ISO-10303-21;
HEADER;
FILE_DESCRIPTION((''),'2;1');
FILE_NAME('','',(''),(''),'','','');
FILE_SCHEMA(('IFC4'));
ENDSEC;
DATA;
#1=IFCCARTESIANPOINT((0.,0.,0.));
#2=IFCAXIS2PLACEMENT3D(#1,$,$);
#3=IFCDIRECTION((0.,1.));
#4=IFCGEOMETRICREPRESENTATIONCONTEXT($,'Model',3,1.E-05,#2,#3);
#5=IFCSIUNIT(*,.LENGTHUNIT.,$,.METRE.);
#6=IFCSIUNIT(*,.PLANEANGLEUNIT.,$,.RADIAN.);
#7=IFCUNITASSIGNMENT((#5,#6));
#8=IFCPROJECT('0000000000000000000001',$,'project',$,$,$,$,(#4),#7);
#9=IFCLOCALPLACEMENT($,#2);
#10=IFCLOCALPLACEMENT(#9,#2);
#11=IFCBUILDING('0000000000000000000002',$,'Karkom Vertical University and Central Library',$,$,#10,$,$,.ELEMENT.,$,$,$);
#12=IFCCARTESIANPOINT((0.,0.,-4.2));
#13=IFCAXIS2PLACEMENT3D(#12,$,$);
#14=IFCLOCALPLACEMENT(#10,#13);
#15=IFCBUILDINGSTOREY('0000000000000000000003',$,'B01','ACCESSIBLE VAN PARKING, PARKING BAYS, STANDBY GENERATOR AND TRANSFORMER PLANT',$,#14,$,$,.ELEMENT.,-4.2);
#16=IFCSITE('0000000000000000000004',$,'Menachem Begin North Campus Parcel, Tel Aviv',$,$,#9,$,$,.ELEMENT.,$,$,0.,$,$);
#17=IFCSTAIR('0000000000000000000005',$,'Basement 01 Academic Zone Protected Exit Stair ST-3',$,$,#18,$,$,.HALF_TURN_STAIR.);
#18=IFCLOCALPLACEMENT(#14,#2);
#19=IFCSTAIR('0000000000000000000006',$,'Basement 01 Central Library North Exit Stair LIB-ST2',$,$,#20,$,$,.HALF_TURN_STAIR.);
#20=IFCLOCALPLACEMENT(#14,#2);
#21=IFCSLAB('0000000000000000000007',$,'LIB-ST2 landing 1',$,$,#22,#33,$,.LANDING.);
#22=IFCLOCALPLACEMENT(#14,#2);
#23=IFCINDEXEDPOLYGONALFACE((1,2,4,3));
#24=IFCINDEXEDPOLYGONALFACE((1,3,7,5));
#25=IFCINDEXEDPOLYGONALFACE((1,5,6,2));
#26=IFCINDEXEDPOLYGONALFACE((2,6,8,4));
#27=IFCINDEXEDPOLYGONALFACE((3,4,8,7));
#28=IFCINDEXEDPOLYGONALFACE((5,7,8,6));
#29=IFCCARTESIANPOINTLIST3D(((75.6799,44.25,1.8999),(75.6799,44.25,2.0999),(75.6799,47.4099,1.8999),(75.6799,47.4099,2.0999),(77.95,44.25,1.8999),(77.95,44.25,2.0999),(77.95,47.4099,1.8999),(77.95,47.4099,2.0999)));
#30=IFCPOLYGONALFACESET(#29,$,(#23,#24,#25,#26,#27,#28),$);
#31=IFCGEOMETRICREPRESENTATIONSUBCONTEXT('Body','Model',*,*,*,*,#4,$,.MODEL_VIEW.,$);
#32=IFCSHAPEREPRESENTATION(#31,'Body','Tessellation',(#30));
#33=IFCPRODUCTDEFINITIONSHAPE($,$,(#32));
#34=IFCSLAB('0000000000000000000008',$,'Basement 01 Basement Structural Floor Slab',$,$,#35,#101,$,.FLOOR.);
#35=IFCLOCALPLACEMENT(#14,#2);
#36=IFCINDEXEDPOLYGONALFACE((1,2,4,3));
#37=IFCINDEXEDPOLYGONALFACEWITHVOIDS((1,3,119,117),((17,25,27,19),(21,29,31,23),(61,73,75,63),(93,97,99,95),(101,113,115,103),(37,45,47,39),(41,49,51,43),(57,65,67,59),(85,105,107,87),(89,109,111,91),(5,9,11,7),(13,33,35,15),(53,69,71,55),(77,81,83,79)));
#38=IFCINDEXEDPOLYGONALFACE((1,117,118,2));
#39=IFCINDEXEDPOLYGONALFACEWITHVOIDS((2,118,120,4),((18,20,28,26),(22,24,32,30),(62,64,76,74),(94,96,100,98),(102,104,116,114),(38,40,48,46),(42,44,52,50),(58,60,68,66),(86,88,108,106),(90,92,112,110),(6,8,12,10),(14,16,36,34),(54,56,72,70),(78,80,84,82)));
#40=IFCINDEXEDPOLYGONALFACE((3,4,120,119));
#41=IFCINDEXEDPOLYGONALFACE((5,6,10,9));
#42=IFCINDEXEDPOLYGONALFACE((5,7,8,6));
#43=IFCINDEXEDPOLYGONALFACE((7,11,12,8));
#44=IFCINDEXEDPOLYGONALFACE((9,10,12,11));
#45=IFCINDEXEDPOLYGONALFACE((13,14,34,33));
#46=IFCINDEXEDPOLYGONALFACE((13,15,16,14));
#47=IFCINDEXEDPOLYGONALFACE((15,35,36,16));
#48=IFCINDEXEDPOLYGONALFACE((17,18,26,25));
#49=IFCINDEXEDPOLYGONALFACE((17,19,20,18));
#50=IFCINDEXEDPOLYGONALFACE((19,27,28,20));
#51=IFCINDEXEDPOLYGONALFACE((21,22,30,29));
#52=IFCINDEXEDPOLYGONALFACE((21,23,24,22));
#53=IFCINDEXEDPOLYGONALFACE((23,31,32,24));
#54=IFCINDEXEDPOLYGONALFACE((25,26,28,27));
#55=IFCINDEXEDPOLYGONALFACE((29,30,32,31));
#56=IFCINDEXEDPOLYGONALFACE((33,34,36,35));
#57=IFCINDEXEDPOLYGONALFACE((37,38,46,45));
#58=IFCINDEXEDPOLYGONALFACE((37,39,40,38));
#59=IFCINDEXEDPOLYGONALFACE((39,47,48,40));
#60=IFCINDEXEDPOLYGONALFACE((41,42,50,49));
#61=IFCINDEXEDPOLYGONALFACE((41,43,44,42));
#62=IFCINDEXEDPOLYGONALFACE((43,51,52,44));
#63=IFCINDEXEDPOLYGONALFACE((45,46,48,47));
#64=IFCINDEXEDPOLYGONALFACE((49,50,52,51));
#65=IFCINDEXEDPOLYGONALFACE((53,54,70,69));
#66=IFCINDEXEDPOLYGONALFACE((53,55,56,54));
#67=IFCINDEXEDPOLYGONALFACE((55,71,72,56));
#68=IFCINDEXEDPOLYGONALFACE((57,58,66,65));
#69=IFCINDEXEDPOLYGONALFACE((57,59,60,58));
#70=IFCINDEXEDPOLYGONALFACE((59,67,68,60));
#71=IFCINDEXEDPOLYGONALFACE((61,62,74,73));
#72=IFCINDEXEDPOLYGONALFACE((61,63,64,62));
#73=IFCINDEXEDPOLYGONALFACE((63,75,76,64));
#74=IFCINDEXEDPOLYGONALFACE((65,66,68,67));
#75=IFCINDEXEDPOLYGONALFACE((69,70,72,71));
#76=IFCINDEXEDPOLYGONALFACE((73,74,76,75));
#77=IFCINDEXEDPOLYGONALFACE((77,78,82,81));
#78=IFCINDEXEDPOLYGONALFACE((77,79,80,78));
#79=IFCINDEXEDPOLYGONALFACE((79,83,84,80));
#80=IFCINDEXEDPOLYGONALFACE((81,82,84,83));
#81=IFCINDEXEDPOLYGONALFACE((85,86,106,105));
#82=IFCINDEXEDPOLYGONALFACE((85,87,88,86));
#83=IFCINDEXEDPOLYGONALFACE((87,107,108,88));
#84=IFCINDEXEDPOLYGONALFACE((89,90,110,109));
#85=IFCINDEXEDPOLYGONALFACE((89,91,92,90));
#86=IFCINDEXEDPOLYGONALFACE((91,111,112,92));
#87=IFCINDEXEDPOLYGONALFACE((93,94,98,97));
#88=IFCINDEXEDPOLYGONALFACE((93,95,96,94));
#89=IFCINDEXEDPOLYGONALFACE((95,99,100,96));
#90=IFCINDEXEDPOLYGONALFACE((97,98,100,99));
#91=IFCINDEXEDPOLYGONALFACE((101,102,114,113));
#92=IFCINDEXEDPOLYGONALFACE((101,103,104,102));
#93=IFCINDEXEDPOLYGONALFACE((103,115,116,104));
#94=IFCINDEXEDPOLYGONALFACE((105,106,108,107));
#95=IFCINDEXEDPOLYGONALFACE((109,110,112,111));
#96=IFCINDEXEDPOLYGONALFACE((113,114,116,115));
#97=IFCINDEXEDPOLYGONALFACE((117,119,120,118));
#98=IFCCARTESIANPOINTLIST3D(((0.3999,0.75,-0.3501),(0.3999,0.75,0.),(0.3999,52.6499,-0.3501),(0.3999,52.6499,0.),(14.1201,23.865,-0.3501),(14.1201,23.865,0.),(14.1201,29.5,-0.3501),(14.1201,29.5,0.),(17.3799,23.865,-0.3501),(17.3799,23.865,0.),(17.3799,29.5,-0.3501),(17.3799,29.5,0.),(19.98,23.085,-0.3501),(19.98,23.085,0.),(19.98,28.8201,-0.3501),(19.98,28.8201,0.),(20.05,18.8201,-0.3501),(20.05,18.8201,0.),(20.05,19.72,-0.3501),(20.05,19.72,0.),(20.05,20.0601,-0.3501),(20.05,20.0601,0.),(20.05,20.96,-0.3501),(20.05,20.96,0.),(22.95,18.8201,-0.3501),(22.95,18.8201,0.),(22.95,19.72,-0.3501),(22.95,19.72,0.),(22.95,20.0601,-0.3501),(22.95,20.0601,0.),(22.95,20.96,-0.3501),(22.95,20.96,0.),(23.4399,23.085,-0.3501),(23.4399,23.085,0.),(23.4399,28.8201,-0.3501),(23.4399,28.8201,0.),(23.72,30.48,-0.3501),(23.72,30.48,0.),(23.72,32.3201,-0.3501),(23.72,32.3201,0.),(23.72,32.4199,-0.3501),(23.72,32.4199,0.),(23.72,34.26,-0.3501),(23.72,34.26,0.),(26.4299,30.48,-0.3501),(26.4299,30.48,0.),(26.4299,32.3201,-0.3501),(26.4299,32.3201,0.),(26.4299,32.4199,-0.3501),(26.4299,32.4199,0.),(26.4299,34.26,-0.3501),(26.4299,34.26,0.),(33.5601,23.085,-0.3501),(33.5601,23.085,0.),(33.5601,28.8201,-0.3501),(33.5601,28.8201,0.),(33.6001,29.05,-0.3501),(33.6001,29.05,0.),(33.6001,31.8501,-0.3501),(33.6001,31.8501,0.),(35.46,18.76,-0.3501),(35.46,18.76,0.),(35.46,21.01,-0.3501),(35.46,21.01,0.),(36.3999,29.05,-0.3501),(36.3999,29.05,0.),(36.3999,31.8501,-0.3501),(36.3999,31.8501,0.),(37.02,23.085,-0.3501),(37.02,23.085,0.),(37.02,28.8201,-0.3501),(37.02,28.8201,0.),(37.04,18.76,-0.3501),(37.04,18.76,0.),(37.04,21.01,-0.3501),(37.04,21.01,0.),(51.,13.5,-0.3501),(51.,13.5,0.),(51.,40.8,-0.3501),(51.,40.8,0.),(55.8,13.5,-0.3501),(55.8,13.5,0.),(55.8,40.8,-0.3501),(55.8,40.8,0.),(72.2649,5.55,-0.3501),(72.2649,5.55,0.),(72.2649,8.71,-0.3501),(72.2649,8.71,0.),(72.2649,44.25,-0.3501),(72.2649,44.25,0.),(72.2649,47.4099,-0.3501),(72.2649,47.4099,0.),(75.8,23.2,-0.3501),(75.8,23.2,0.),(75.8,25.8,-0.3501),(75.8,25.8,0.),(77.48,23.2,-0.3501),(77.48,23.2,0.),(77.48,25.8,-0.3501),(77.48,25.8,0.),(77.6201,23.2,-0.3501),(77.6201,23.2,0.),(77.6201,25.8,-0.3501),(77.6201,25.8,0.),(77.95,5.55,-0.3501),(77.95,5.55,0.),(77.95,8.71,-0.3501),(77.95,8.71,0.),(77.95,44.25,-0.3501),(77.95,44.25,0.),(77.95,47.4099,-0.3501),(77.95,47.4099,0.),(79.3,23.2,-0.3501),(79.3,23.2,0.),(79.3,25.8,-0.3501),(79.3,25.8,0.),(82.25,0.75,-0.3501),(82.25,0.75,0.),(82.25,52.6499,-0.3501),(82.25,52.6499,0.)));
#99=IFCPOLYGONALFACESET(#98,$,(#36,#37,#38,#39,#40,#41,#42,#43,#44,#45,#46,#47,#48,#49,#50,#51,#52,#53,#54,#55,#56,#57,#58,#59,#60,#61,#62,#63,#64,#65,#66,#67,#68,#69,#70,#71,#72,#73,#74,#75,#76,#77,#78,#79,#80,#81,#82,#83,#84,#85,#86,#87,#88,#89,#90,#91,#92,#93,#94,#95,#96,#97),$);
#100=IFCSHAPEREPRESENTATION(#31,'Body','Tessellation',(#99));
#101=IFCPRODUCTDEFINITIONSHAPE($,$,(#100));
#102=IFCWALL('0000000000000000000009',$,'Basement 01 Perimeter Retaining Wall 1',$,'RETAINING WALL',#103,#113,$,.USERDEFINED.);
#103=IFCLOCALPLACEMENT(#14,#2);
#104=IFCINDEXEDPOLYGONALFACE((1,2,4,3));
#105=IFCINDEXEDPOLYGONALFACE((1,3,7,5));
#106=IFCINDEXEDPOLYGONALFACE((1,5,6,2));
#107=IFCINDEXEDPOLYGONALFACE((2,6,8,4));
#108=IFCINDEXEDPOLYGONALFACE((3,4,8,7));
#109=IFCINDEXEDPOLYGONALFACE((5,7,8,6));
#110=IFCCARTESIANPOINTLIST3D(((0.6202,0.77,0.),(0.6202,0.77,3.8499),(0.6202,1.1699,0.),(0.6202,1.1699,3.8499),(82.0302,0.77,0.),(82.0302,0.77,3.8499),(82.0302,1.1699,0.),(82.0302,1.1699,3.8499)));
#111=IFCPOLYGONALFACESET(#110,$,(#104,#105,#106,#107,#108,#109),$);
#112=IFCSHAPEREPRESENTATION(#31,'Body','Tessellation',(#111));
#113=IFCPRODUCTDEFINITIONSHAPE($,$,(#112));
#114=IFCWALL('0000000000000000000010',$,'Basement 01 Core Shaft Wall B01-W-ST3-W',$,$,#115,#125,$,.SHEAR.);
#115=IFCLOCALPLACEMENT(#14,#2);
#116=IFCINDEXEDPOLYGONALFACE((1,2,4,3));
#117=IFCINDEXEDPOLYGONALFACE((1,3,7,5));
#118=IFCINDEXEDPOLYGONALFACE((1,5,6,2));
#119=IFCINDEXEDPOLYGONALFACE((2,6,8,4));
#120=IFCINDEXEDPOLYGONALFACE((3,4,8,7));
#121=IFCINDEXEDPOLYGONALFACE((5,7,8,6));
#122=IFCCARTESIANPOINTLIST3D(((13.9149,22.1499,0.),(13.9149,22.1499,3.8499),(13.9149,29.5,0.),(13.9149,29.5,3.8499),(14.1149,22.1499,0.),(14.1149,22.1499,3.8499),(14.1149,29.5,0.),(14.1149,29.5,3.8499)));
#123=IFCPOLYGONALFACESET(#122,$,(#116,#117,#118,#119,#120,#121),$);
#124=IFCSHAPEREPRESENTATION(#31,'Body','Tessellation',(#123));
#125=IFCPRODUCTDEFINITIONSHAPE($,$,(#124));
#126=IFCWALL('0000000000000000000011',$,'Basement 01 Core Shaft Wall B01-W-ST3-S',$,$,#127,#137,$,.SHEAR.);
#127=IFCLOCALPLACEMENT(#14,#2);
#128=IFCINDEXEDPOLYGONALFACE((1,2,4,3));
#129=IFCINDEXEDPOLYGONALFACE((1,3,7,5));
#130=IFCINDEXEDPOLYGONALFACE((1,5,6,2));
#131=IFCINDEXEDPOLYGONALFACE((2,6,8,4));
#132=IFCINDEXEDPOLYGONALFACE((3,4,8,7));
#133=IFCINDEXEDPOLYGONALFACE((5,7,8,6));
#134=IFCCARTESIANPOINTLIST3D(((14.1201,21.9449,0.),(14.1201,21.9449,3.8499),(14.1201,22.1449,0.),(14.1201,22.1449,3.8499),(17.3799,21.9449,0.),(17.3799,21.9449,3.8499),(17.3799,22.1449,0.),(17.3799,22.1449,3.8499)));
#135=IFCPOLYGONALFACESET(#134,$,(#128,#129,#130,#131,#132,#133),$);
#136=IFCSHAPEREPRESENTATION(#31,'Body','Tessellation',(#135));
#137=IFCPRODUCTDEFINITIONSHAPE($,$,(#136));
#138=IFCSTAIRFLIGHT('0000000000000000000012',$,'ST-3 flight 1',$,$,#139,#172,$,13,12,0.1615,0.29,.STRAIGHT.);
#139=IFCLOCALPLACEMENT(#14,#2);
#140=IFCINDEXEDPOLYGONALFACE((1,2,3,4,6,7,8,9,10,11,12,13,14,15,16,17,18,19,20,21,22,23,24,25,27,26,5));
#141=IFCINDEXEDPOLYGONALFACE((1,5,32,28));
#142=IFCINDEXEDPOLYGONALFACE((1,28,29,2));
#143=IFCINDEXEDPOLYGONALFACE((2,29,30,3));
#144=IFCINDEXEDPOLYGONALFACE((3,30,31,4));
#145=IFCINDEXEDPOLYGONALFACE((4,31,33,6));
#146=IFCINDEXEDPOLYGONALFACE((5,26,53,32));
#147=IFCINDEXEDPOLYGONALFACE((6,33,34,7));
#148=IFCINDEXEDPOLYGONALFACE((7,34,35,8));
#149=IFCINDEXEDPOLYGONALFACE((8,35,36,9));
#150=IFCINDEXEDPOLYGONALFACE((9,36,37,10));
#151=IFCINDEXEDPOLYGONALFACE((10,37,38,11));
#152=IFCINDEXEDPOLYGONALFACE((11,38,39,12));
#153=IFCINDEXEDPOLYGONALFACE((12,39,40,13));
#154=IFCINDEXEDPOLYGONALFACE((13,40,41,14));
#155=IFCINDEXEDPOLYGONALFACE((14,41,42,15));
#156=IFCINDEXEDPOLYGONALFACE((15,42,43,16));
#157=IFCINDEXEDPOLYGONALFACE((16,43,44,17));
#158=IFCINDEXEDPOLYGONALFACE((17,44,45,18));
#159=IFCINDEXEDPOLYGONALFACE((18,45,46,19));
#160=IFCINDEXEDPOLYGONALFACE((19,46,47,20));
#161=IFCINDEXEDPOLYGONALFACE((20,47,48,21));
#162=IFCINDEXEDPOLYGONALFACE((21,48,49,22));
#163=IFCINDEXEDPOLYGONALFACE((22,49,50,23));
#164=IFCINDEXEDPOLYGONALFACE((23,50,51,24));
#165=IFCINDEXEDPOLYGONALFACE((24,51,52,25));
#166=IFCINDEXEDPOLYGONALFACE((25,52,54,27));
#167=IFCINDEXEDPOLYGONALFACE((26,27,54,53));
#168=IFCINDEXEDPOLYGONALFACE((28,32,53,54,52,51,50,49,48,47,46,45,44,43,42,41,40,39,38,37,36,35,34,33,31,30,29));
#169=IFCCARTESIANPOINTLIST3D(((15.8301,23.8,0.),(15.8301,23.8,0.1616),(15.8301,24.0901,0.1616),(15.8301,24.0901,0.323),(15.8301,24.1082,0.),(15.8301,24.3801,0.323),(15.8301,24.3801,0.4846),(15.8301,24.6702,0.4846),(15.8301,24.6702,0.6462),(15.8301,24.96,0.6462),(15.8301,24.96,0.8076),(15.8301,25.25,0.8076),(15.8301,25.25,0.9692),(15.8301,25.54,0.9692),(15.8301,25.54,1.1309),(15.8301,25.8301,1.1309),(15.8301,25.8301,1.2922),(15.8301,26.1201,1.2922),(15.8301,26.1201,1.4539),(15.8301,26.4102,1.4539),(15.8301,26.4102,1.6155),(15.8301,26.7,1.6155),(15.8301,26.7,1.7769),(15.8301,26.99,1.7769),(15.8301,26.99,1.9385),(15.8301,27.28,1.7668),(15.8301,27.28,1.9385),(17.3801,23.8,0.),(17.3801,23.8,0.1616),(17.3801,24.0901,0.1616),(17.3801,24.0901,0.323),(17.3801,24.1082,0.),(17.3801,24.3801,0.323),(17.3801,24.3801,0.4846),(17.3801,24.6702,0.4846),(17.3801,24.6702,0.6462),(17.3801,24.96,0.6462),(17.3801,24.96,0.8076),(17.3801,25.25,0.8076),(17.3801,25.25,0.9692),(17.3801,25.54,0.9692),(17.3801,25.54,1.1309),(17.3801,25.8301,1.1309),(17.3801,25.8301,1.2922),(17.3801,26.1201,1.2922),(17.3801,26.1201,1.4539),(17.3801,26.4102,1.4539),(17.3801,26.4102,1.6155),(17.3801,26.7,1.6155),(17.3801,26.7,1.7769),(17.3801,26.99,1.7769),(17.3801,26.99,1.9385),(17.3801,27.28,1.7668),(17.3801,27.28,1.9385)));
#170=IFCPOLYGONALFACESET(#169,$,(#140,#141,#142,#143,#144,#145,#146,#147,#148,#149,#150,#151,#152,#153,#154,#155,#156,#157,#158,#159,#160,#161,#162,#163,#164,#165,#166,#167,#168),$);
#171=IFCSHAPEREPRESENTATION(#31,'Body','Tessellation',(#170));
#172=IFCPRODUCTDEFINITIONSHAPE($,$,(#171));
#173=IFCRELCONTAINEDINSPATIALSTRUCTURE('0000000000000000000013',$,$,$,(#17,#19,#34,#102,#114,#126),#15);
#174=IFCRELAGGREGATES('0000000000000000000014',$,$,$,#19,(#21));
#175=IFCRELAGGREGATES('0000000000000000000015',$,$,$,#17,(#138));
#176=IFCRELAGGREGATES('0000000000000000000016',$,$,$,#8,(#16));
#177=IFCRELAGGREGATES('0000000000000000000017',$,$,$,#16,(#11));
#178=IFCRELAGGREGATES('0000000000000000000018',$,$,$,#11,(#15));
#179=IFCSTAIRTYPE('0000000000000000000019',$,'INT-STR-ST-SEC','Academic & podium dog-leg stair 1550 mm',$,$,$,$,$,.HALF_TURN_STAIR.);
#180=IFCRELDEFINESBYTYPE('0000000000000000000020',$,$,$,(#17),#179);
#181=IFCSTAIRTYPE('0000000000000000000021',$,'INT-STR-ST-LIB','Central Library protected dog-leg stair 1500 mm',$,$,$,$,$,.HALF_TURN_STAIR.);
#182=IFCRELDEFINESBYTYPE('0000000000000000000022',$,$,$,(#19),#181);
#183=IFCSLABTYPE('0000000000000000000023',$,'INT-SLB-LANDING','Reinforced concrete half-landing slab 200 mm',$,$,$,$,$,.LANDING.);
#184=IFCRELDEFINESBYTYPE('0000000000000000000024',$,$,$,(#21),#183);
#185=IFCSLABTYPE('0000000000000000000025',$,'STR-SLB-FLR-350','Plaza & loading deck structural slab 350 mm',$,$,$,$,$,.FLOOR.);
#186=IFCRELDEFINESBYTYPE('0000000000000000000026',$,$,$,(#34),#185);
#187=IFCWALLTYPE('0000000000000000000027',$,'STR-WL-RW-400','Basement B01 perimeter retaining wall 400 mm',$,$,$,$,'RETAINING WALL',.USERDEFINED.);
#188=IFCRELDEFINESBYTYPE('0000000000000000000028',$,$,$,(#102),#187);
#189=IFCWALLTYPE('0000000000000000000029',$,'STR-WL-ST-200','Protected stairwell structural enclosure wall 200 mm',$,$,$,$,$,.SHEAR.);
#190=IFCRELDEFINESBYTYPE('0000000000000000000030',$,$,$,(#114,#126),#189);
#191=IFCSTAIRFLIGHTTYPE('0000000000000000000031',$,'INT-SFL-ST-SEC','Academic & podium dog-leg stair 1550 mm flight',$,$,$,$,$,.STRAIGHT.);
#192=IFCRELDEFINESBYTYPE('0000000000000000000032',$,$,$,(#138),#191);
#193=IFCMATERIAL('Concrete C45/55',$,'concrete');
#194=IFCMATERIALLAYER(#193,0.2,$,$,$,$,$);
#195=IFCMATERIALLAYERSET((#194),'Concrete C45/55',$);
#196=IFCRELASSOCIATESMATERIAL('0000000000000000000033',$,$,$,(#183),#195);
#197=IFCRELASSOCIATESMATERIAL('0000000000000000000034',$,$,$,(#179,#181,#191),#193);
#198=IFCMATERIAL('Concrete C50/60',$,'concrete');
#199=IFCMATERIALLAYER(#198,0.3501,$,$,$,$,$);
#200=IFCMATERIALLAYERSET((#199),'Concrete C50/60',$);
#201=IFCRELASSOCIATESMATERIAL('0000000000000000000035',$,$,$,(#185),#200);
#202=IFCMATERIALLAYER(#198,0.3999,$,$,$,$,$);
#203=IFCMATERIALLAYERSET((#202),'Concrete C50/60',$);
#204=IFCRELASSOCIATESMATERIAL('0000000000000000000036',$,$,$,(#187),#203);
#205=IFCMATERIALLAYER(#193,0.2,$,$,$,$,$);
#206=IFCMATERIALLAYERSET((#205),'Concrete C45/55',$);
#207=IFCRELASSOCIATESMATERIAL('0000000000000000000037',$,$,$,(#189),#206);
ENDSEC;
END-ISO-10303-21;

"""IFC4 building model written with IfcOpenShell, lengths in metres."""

from ifc_helpers import new_model, si_unit, direction, frame, frame_2d, origin, place, context, subcontext, project, spatial, polyline, rectangle, outline, extrude, material, layer, layer_set, type_object, element, aggregate, save


model = new_model("IFC4")

# Units and contexts
model_context = context("Model", 3, precision=1e-05, world=origin(), true_north=direction((0.0, 1.0)))
body_context = subcontext(model_context, "Body", "Model", "MODEL_VIEW")
ifc_project = project(units=[si_unit("LENGTHUNIT", "METRE"), si_unit("PLANEANGLEUNIT", "RADIAN")], contexts=[model_context])

# Site, building, storey
site_placement = place(None, origin())
site = spatial("IfcSite", under=ifc_project, at=site_placement, Name="Menachem Begin North Campus Parcel, Tel Aviv", CompositionType="ELEMENT", RefElevation=0.0)
building_placement = place(site_placement, origin())
building = spatial("IfcBuilding", under=site, at=building_placement, Name="Karkom Vertical University and Central Library", CompositionType="ELEMENT")
storey_placement = place(building_placement, frame((0.0, 0.0, -4.2)))
storey = spatial("IfcBuildingStorey", under=building, at=storey_placement, Name="B01", Description="ACCESSIBLE VAN PARKING, PARKING BAYS, STANDBY GENERATOR AND TRANSFORMER PLANT", CompositionType="ELEMENT", Elevation=-4.2)

# Shared definitions
ifc_material_1 = material(Name="Concrete C50/60", Category="concrete")

# Stairs, slab
ifc_material_2 = material(Name="Concrete C45/55", Category="concrete")
ifc_layer_1 = layer(ifc_material_2, 0.2)
ifc_layer_set_1 = layer_set([ifc_layer_1], Name="Concrete C45/55")
slab_type_1 = type_object("IfcSlabType", Name="INT-SLB-LANDING", Description="Reinforced concrete half-landing slab 200 mm", PredefinedType="LANDING", material=ifc_layer_set_1)
stair_type_1 = type_object("IfcStairType", Name="INT-STR-ST-SEC", Description="Academic & podium dog-leg stair 1550 mm", PredefinedType="HALF_TURN_STAIR", material=ifc_material_2)
stair_1_placement = place(storey_placement, origin())
stair_1 = element("IfcStair", 1, at=stair_1_placement, inside=storey, type_object=stair_type_1, Name="Basement 01 Academic Zone Protected Exit Stair ST-3", PredefinedType="HALF_TURN_STAIR")
stair_type_2 = type_object("IfcStairType", Name="INT-STR-ST-LIB", Description="Central Library protected dog-leg stair 1500 mm", PredefinedType="HALF_TURN_STAIR", material=ifc_material_2)
stair_2_placement = place(storey_placement, origin())
stair_2 = element("IfcStair", 2, at=stair_2_placement, inside=storey, type_object=stair_type_2, Name="Basement 01 Central Library North Exit Stair LIB-ST2", PredefinedType="HALF_TURN_STAIR")
slab_1_placement = place(storey_placement, frame((0.0, 0.0, 1.8999)))
slab_1 = element("IfcSlab", 3, at=slab_1_placement, type_object=slab_type_1, Name="LIB-ST2 landing 1", PredefinedType="LANDING", context=body_context, shape_type="SweptSolid", body=[
    extrude(outline(polyline([(75.6799, 44.25), (77.95, 44.25), (77.95, 47.4099), (75.6799, 47.4099), (75.6799, 44.25)])), origin(), (0.0, 0.0, 1.0), 0.2),
])
aggregate(stair_2, [slab_1])

# Slab
ifc_layer_2 = layer(ifc_material_1, 0.3501)
ifc_layer_set_2 = layer_set([ifc_layer_2], Name="Concrete C50/60")
slab_type_2 = type_object("IfcSlabType", Name="STR-SLB-FLR-350", Description="Plaza & loading deck structural slab 350 mm", PredefinedType="FLOOR", material=ifc_layer_set_2)
slab_2_placement = place(storey_placement, frame((0.0, 0.0, -0.3501)))
element("IfcSlab", 4, at=slab_2_placement, inside=storey, type_object=slab_type_2, Name="Basement 01 Basement Structural Floor Slab", PredefinedType="FLOOR", context=body_context, shape_type="SweptSolid", body=[
    extrude(outline(polyline([(0.3999, 0.75), (82.25, 0.75), (82.25, 52.6499), (0.3999, 52.6499), (0.3999, 0.75)]), holes=[polyline([(19.98, 23.085), (23.4399, 23.085), (23.4399, 28.8201), (19.98, 28.8201), (19.98, 23.085)]), polyline([(33.5601, 23.085), (37.02, 23.085), (37.02, 28.8201), (33.5601, 28.8201), (33.5601, 23.085)]), polyline([(14.1201, 23.865), (17.3799, 23.865), (17.3799, 29.5), (14.1201, 29.5), (14.1201, 23.865)]), polyline([(72.2649, 5.55), (77.95, 5.55), (77.95, 8.71), (72.2649, 8.71), (72.2649, 5.55)]), polyline([(72.2649, 44.25), (77.95, 44.25), (77.95, 47.4099), (72.2649, 47.4099), (72.2649, 44.25)]), polyline([(23.72, 30.48), (26.4299, 30.48), (26.4299, 32.3201), (23.72, 32.3201), (23.72, 30.48)]), polyline([(23.72, 32.4199), (26.4299, 32.4199), (26.4299, 34.26), (23.72, 34.26), (23.72, 32.4199)]), polyline([(33.6001, 29.05), (36.3999, 29.05), (36.3999, 31.8501), (33.6001, 31.8501), (33.6001, 29.05)]), polyline([(75.8, 23.2), (77.48, 23.2), (77.48, 25.8), (75.8, 25.8), (75.8, 23.2)]), polyline([(77.6201, 23.2), (79.3, 23.2), (79.3, 25.8), (77.6201, 25.8), (77.6201, 23.2)]), polyline([(20.05, 18.8201), (22.95, 18.8201), (22.95, 19.72), (20.05, 19.72), (20.05, 18.8201)]), polyline([(20.05, 20.0601), (22.95, 20.0601), (22.95, 20.96), (20.05, 20.96), (20.05, 20.0601)]), polyline([(35.46, 18.76), (37.04, 18.76), (37.04, 21.01), (35.46, 21.01), (35.46, 18.76)]), polyline([(51.0, 13.5), (55.8, 13.5), (55.8, 40.8), (51.0, 40.8), (51.0, 13.5)])]), origin(), (0.0, 0.0, 1.0), 0.3501),
])

# Walls
ifc_layer_3 = layer(ifc_material_1, 0.3999)
ifc_layer_set_3 = layer_set([ifc_layer_3], Name="Concrete C50/60")
wall_type_1 = type_object("IfcWallType", Name="STR-WL-RW-400", Description="Basement B01 perimeter retaining wall 400 mm", ElementType="RETAINING WALL", PredefinedType="USERDEFINED", material=ifc_layer_set_3)
wall_1_placement = place(storey_placement, frame((0.6201, 0.97, 0.0), z_axis=(0.0, 0.0, 1.0), x_axis=(1.0, 0.0, 0.0)))
element("IfcWall", 5, at=wall_1_placement, inside=storey, type_object=wall_type_1, Name="Basement 01 Perimeter Retaining Wall 1", ObjectType="RETAINING WALL", PredefinedType="USERDEFINED", context=body_context, shape_type="SweptSolid", body=[
    extrude(rectangle(XDim=81.4099, YDim=0.3999, at=frame_2d((40.7051, 0.0))), origin(), (0.0, 0.0, 1.0), 3.8499),
])
ifc_layer_4 = layer(ifc_material_2, 0.2)
ifc_layer_set_4 = layer_set([ifc_layer_4], Name="Concrete C45/55")
wall_type_2 = type_object("IfcWallType", Name="STR-WL-ST-200", Description="Protected stairwell structural enclosure wall 200 mm", PredefinedType="SHEAR", material=ifc_layer_set_4)
wall_2_placement = place(storey_placement, frame((14.0149, 22.1499, 0.0), z_axis=(0.0, 0.0, 1.0), x_axis=(0.0, 1.0, 0.0)))
element("IfcWall", 6, at=wall_2_placement, inside=storey, type_object=wall_type_2, Name="Basement 01 Core Shaft Wall B01-W-ST3-W", PredefinedType="SHEAR", context=body_context, shape_type="SweptSolid", body=[
    extrude(rectangle(XDim=7.3501, YDim=0.2, at=frame_2d((3.675, 0.0))), origin(), (0.0, 0.0, 1.0), 3.8499),
])
wall_3_placement = place(storey_placement, frame((14.1201, 22.0449, 0.0), z_axis=(0.0, 0.0, 1.0), x_axis=(1.0, 0.0, 0.0)))
element("IfcWall", 7, at=wall_3_placement, inside=storey, type_object=wall_type_2, Name="Basement 01 Core Shaft Wall B01-W-ST3-S", PredefinedType="SHEAR", context=body_context, shape_type="SweptSolid", body=[
    extrude(rectangle(XDim=3.2598, YDim=0.2, at=frame_2d((1.6299, 0.0))), origin(), (0.0, 0.0, 1.0), 3.8499),
])

# Stair flight
stair_flight_type = type_object("IfcStairFlightType", Name="INT-SFL-ST-SEC", Description="Academic & podium dog-leg stair 1550 mm flight", PredefinedType="STRAIGHT", material=ifc_material_2)
stair_flight_placement = place(storey_placement, frame((16.605, 23.8, 0.0), z_axis=(0.0, 0.0, 1.0), x_axis=(0.0, 1.0, 0.0)))
stair_flight = element("IfcStairFlight", 8, at=stair_flight_placement, type_object=stair_flight_type, Name="ST-3 flight 1", NumberOfRisers=13, NumberOfTreads=12, PredefinedType="STRAIGHT", RiserHeight=0.1615, TreadLength=0.29, context=body_context, shape_type="SweptSolid", body=[
    extrude(outline(polyline([(0.0, 0.0), (0.0, 0.1616), (0.29, 0.1616), (0.29, 0.323), (0.5801, 0.323), (0.5801, 0.4846), (0.8701, 0.4846), (0.8701, 0.6462), (1.1599, 0.6462), (1.1599, 0.8076), (1.45, 0.8076), (1.45, 0.9692), (1.74, 0.9692), (1.74, 1.1309), (2.03, 1.1309), (2.03, 1.2922), (2.3201, 1.2922), (2.3201, 1.4539), (2.6101, 1.4539), (2.6101, 1.6155), (2.8999, 1.6155), (2.8999, 1.7769), (3.1899, 1.7769), (3.1899, 1.9385), (3.48, 1.9385), (3.48, 2.1001), (3.48, 1.7668), (0.3081, 0.0), (0.0, 0.0)])), frame((0.0, 0.7749, 0.0), z_axis=(0.0, -1.0, 0.0), x_axis=(1.0, 0.0, 0.0)), (0.0, 0.0, 1.0), 1.55),
])
aggregate(stair_1, [stair_flight])

save(model, "model.ifc")
